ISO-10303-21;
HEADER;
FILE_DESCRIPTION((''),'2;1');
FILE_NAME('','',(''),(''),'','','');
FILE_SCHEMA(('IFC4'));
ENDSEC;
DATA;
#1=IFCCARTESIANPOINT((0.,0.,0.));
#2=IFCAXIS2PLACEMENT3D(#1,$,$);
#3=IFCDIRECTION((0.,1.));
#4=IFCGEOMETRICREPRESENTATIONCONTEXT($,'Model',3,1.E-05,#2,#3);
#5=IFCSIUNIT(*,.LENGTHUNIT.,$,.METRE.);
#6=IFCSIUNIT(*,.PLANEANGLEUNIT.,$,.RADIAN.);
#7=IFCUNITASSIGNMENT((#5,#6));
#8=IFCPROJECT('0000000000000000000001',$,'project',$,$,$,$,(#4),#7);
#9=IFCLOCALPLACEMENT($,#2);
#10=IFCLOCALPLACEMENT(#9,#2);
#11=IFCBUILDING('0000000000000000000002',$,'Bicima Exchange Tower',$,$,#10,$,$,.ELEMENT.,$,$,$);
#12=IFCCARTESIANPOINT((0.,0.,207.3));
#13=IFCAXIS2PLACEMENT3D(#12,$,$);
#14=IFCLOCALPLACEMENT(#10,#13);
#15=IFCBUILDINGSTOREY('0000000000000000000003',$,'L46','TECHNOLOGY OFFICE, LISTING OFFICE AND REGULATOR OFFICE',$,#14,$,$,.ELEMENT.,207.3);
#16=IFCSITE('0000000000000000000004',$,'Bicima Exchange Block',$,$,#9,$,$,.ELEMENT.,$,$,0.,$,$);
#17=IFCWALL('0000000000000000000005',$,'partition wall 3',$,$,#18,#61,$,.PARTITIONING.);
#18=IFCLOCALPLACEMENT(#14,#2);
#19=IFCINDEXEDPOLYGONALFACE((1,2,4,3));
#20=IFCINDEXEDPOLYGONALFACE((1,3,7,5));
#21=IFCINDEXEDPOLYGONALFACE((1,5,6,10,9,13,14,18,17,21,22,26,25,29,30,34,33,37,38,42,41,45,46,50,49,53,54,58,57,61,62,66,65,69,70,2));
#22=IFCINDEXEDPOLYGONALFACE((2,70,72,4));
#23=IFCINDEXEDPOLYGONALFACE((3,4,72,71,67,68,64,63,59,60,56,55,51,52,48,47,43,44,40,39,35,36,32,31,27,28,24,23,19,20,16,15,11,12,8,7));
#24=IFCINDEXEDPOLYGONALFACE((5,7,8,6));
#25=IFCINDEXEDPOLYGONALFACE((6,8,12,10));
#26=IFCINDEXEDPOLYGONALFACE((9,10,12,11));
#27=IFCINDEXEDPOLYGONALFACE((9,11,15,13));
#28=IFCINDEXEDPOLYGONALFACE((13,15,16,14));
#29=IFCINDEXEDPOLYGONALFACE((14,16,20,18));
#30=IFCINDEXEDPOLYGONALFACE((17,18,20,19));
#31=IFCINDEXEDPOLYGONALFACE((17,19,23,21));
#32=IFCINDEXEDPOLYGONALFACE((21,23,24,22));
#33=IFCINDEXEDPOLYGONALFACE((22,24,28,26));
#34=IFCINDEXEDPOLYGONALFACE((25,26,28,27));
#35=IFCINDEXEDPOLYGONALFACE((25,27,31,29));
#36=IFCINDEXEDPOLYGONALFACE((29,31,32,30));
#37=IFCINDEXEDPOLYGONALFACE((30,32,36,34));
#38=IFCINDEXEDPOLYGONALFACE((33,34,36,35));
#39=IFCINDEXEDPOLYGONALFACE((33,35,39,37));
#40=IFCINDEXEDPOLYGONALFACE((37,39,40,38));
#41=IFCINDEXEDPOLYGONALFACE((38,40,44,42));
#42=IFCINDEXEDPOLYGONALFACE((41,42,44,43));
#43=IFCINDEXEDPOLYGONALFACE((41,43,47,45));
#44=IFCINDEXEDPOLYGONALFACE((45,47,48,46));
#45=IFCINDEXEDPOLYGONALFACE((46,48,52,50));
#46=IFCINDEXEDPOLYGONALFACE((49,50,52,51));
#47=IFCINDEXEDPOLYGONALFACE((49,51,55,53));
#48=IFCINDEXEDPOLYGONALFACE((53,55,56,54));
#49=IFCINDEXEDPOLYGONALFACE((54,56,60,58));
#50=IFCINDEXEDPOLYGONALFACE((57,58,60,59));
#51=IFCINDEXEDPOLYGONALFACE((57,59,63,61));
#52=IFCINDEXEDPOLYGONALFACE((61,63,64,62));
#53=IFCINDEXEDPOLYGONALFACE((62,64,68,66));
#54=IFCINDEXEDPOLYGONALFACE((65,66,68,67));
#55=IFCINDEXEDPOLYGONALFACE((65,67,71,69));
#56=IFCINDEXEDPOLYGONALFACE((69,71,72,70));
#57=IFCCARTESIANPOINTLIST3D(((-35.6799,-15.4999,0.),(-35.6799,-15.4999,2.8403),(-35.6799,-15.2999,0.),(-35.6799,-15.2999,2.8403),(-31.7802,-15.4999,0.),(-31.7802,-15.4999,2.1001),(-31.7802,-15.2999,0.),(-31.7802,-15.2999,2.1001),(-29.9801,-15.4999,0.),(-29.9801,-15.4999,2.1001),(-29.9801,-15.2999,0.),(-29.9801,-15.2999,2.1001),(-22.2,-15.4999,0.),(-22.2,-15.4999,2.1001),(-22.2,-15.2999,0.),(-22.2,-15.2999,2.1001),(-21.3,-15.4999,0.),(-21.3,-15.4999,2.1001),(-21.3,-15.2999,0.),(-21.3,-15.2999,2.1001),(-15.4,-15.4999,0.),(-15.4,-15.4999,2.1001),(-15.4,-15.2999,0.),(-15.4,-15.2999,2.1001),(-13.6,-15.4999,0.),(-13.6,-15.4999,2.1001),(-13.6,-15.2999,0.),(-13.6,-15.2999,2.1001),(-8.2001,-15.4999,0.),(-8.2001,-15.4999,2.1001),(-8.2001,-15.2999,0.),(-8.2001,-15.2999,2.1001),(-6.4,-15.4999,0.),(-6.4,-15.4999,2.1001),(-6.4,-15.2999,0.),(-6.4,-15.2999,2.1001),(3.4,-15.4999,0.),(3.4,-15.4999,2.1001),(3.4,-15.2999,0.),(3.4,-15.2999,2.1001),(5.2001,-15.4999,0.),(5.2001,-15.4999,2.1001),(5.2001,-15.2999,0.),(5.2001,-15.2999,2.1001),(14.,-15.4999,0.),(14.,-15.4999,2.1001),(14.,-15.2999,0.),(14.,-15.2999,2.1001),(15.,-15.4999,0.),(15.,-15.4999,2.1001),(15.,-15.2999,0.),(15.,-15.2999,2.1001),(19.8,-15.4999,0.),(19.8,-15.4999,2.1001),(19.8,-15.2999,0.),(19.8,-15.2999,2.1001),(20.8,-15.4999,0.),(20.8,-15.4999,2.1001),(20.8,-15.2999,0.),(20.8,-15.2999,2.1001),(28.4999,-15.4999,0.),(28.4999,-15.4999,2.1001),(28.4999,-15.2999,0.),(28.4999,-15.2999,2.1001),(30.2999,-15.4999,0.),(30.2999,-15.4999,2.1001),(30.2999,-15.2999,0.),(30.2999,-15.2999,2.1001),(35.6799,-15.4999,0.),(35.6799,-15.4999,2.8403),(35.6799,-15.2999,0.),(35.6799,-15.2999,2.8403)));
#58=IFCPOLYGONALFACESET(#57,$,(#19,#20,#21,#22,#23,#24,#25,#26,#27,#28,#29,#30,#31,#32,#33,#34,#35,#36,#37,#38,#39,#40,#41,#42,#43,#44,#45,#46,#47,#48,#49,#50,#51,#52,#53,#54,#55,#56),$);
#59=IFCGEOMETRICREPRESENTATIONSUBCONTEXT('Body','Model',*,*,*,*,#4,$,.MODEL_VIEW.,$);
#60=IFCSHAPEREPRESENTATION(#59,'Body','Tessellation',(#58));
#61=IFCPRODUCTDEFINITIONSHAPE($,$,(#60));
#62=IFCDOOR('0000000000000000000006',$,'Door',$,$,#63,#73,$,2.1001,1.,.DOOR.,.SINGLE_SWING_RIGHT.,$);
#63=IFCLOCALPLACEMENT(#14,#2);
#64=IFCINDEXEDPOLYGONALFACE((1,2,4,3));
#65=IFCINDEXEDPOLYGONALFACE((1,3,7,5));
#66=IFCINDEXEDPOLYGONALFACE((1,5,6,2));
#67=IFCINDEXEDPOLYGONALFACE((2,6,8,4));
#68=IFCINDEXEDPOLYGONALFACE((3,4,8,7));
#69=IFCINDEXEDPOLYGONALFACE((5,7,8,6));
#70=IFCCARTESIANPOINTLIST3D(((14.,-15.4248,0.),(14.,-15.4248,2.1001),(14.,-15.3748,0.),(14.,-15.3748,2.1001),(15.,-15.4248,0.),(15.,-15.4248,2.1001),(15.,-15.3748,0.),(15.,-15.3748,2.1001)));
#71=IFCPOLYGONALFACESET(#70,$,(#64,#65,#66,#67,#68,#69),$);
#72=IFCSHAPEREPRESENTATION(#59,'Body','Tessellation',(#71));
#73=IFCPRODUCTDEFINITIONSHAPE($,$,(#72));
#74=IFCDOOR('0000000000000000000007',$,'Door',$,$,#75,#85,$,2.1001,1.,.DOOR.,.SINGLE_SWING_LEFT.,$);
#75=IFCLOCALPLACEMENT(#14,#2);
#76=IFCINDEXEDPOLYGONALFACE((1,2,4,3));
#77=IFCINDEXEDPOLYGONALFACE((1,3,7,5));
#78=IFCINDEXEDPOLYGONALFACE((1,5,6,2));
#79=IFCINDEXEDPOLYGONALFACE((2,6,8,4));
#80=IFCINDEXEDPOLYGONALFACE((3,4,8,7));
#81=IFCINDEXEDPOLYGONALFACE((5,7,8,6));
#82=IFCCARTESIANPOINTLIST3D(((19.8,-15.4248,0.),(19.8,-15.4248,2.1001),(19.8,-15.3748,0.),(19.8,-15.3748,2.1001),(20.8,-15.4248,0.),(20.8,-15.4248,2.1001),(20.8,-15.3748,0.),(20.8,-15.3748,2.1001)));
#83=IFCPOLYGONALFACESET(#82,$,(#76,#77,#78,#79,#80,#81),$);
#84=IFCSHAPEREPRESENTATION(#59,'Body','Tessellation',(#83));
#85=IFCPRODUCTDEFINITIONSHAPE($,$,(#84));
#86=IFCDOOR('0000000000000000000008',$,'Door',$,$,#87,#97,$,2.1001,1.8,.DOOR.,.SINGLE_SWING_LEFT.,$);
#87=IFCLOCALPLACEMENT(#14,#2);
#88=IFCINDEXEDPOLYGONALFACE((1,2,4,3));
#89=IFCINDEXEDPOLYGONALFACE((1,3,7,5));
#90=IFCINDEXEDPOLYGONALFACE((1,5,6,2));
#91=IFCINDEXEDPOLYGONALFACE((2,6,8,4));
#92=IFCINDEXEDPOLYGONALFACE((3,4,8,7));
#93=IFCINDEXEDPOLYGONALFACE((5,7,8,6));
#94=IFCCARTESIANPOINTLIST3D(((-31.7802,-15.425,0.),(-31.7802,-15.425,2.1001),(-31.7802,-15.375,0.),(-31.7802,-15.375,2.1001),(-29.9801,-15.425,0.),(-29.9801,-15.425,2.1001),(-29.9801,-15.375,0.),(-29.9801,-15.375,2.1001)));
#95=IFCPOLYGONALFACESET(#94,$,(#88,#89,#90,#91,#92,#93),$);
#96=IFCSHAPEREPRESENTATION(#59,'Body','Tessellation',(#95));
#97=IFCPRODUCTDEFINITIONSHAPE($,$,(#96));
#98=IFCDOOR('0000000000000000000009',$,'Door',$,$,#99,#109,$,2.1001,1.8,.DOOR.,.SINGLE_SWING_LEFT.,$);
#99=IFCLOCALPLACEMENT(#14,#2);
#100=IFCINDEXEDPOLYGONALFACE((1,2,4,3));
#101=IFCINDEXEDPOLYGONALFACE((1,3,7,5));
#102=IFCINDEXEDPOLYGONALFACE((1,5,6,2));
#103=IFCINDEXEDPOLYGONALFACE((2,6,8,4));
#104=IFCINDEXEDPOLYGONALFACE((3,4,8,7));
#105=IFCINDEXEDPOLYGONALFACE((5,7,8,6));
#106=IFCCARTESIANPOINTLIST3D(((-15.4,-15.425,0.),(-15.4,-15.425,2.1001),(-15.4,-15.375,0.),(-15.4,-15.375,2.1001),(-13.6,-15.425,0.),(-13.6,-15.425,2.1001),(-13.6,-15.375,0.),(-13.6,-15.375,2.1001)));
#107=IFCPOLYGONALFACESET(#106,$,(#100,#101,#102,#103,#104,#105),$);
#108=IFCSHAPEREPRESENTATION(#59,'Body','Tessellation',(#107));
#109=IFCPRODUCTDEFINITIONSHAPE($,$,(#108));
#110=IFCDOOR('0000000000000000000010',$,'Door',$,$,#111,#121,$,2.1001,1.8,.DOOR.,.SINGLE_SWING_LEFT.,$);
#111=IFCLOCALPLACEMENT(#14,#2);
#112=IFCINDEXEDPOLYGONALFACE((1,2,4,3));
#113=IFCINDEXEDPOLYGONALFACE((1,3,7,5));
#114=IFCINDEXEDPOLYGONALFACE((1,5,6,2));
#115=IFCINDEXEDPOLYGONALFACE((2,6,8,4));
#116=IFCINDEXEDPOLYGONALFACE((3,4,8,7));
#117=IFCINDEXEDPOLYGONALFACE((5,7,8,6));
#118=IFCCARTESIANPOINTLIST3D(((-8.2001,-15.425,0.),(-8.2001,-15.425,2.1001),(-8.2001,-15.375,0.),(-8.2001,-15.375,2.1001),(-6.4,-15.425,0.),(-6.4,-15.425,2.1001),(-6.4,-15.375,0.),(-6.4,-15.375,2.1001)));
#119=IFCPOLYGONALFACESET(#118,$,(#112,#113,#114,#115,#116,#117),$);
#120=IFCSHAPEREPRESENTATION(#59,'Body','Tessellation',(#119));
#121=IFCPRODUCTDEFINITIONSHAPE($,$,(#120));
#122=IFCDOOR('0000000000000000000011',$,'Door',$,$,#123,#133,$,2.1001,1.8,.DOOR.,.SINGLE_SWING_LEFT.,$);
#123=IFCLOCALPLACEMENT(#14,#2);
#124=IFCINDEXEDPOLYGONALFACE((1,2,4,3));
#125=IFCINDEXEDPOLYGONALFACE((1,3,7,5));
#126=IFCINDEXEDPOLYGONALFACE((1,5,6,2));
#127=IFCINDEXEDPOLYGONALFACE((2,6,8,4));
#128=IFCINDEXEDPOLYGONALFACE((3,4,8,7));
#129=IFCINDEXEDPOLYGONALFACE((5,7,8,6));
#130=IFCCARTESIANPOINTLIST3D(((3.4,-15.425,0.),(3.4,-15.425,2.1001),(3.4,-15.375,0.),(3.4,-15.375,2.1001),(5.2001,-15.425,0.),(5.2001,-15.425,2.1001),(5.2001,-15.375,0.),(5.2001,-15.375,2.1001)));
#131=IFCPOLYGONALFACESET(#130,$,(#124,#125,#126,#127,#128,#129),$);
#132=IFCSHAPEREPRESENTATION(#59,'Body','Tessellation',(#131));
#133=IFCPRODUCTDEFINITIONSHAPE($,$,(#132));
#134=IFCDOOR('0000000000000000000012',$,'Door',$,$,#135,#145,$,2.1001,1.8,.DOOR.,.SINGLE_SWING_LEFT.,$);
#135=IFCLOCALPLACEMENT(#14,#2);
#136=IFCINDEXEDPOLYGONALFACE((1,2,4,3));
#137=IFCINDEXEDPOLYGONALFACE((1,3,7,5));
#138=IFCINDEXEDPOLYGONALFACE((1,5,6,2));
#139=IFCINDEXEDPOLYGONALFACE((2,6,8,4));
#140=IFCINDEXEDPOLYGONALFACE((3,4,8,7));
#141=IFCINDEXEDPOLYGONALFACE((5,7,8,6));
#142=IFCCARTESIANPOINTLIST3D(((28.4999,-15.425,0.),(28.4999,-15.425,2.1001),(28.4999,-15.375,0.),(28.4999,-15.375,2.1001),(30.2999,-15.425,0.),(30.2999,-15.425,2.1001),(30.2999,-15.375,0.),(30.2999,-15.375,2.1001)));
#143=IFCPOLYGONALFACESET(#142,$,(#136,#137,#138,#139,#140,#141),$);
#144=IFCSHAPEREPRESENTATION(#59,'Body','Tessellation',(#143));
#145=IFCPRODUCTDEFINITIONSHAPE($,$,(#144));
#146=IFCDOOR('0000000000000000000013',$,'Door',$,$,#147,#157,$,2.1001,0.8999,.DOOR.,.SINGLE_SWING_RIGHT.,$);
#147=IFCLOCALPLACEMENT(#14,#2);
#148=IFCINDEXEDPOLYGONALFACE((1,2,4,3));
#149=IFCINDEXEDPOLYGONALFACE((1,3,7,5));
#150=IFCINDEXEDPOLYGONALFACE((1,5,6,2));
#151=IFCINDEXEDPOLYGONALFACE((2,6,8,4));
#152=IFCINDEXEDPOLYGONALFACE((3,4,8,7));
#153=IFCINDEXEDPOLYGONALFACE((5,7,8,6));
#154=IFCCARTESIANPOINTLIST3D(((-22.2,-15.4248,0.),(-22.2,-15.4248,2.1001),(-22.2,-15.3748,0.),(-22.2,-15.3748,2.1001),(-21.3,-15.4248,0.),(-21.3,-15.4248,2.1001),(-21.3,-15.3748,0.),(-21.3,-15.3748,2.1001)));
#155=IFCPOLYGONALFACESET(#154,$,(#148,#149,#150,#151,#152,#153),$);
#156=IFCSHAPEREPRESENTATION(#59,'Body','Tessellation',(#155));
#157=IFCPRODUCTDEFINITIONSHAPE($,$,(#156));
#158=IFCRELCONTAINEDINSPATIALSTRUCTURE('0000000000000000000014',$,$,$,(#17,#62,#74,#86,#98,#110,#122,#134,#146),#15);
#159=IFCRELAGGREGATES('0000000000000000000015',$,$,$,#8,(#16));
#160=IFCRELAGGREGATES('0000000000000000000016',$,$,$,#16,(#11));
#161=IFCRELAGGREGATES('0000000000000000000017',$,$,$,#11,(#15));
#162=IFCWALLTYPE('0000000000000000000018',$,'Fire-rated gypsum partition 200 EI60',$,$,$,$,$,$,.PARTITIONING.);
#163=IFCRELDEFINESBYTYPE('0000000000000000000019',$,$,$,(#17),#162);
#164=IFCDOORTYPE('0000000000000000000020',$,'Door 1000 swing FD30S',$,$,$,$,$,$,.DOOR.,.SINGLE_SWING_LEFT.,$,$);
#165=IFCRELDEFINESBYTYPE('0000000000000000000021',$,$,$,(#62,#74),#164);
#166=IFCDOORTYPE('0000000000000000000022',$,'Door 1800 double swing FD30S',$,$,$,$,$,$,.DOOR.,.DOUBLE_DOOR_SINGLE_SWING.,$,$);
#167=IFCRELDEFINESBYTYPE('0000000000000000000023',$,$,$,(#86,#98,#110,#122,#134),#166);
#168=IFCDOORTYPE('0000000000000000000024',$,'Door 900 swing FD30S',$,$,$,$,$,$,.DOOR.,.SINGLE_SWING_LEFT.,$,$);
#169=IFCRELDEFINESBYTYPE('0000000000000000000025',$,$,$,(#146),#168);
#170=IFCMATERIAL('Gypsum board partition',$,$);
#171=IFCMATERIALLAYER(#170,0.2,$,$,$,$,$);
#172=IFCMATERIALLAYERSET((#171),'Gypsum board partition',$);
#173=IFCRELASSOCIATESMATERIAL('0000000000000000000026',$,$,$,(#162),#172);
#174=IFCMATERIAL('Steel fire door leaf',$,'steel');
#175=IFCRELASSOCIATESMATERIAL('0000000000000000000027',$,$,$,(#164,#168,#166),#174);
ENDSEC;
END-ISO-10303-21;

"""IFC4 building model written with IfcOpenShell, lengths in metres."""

from ifc_helpers import new_model, si_unit, direction, frame, frame_2d, origin, place, context, subcontext, project, spatial, rectangle, extrude, material, layer, layer_set, type_object, element, fill, save


model = new_model("IFC4")

# Units and contexts
model_context = context("Model", 3, precision=1e-05, world=origin(), true_north=direction((0.0, 1.0)))
body_context = subcontext(model_context, "Body", "Model", "MODEL_VIEW")
ifc_project = project(units=[si_unit("LENGTHUNIT", "METRE"), si_unit("PLANEANGLEUNIT", "RADIAN")], contexts=[model_context])

# Site, building, storey
site_placement = place(None, origin())
site = spatial("IfcSite", under=ifc_project, at=site_placement, Name="Bicima Exchange Block", CompositionType="ELEMENT", RefElevation=0.0)
building_placement = place(site_placement, origin())
building = spatial("IfcBuilding", under=site, at=building_placement, Name="Bicima Exchange Tower", CompositionType="ELEMENT")
storey_placement = place(building_placement, frame((0.0, 0.0, 207.3)))
storey = spatial("IfcBuildingStorey", under=building, at=storey_placement, Name="L46", Description="TECHNOLOGY OFFICE, LISTING OFFICE AND REGULATOR OFFICE", CompositionType="ELEMENT", Elevation=207.3)

# Wall, openings, doors
ifc_material_1 = material(Name="Gypsum board partition")
ifc_layer_1 = layer(ifc_material_1, 0.2)
ifc_layer_set_1 = layer_set([ifc_layer_1], Name="Gypsum board partition")
wall_type = type_object("IfcWallType", Name="Fire-rated gypsum partition 200 EI60", PredefinedType="PARTITIONING", material=ifc_layer_set_1)
ifc_material_2 = material(Name="Steel fire door leaf", Category="steel")
door_type_1 = type_object("IfcDoorType", Name="Door 1000 swing FD30S", OperationType="SINGLE_SWING_LEFT", PredefinedType="DOOR", material=ifc_material_2)
door_type_2 = type_object("IfcDoorType", Name="Door 900 swing FD30S", OperationType="SINGLE_SWING_LEFT", PredefinedType="DOOR", material=ifc_material_2)
wall_1_placement = place(storey_placement, frame((-35.6799, -15.3999, 0.0), z_axis=(0.0, 0.0, 1.0), x_axis=(1.0, 0.0, 0.0)))
wall_1 = element("IfcWall", 1, at=wall_1_placement, inside=storey, type_object=wall_type, Name="partition wall 3", PredefinedType="PARTITIONING", context=body_context, shape_type="SweptSolid", body=[
    extrude(rectangle(XDim=71.3599, YDim=0.2, at=frame_2d((35.6799, 0.0))), origin(), (0.0, 0.0, 1.0), 2.8403),
])
opening_1_placement = place(wall_1_placement, frame((3.8999, 0.0, 0.0)))
opening_1 = element("IfcOpeningElement", 2, at=opening_1_placement, cuts=wall_1, PredefinedType="OPENING", context=body_context, shape_type="SweptSolid", body=[
    extrude(rectangle(XDim=1.8, YDim=2.1001, at=frame_2d((0.8999, 1.05))), frame((0.0, 0.1118, 0.0), z_axis=(0.0, -1.0, 0.0), x_axis=(1.0, 0.0, 0.0)), (0.0, 0.0, 1.0), 0.2239),
])
opening_2_placement = place(wall_1_placement, frame((13.48, 0.0, 0.0)))
opening_2 = element("IfcOpeningElement", 3, at=opening_2_placement, cuts=wall_1, PredefinedType="OPENING", context=body_context, shape_type="SweptSolid", body=[
    extrude(rectangle(XDim=0.8999, YDim=2.1001, at=frame_2d((0.45, 1.05))), frame((0.0, 0.1118, 0.0), z_axis=(0.0, -1.0, 0.0), x_axis=(1.0, 0.0, 0.0)), (0.0, 0.0, 1.0), 0.2239),
])
opening_3_placement = place(wall_1_placement, frame((20.28, 0.0, 0.0)))
opening_3 = element("IfcOpeningElement", 4, at=opening_3_placement, cuts=wall_1, PredefinedType="OPENING", context=body_context, shape_type="SweptSolid", body=[
    extrude(rectangle(XDim=1.8, YDim=2.1001, at=frame_2d((0.8999, 1.05))), frame((0.0, 0.1118, 0.0), z_axis=(0.0, -1.0, 0.0), x_axis=(1.0, 0.0, 0.0)), (0.0, 0.0, 1.0), 0.2239),
])
opening_4_placement = place(wall_1_placement, frame((27.48, 0.0, 0.0)))
opening_4 = element("IfcOpeningElement", 5, at=opening_4_placement, cuts=wall_1, PredefinedType="OPENING", context=body_context, shape_type="SweptSolid", body=[
    extrude(rectangle(XDim=1.8, YDim=2.1001, at=frame_2d((0.8999, 1.05))), frame((0.0, 0.1118, 0.0), z_axis=(0.0, -1.0, 0.0), x_axis=(1.0, 0.0, 0.0)), (0.0, 0.0, 1.0), 0.2239),
])
opening_5_placement = place(wall_1_placement, frame((39.0801, 0.0, 0.0)))
opening_5 = element("IfcOpeningElement", 6, at=opening_5_placement, cuts=wall_1, PredefinedType="OPENING", context=body_context, shape_type="SweptSolid", body=[
    extrude(rectangle(XDim=1.8, YDim=2.1001, at=frame_2d((0.8999, 1.05))), frame((0.0, 0.1118, 0.0), z_axis=(0.0, -1.0, 0.0), x_axis=(1.0, 0.0, 0.0)), (0.0, 0.0, 1.0), 0.2239),
])
opening_6_placement = place(wall_1_placement, frame((49.6799, 0.0, 0.0)))
opening_6 = element("IfcOpeningElement", 7, at=opening_6_placement, cuts=wall_1, PredefinedType="OPENING", context=body_context, shape_type="SweptSolid", body=[
    extrude(rectangle(XDim=1.0, YDim=2.1001, at=frame_2d((0.5, 1.05))), frame((0.0, 0.1118, 0.0), z_axis=(0.0, -1.0, 0.0), x_axis=(1.0, 0.0, 0.0)), (0.0, 0.0, 1.0), 0.2239),
])
opening_7_placement = place(wall_1_placement, frame((55.48, 0.0, 0.0)))
opening_7 = element("IfcOpeningElement", 8, at=opening_7_placement, cuts=wall_1, PredefinedType="OPENING", context=body_context, shape_type="SweptSolid", body=[
    extrude(rectangle(XDim=1.0, YDim=2.1001, at=frame_2d((0.5, 1.05))), frame((0.0, 0.1118, 0.0), z_axis=(0.0, -1.0, 0.0), x_axis=(1.0, 0.0, 0.0)), (0.0, 0.0, 1.0), 0.2239),
])
opening_8_placement = place(wall_1_placement, frame((64.1799, 0.0, 0.0)))
opening_8 = element("IfcOpeningElement", 9, at=opening_8_placement, cuts=wall_1, PredefinedType="OPENING", context=body_context, shape_type="SweptSolid", body=[
    extrude(rectangle(XDim=1.8, YDim=2.1001, at=frame_2d((0.8999, 1.05))), frame((0.0, 0.1118, 0.0), z_axis=(0.0, -1.0, 0.0), x_axis=(1.0, 0.0, 0.0)), (0.0, 0.0, 1.0), 0.2239),
])
door_1_placement = place(opening_6_placement, frame((1.0, 0.0, 0.0), z_axis=(0.0, 0.0, 1.0), x_axis=(-1.0, 0.0, 0.0)))
door_1 = element("IfcDoor", 10, at=door_1_placement, inside=storey, type_object=door_type_1, Name="Door", OperationType="SINGLE_SWING_RIGHT", OverallHeight=2.1001, OverallWidth=1.0, PredefinedType="DOOR", context=body_context, shape_type="SweptSolid", body=[
    extrude(rectangle(XDim=1.0, YDim=2.1001, at=frame_2d((0.5, 1.05))), frame((0.0, 0.0249, 0.0), z_axis=(0.0, -1.0, 0.0), x_axis=(1.0, 0.0, 0.0)), (0.0, 0.0, 1.0), 0.05),
])
fill(opening_6, door_1)
door_2_placement = place(opening_7_placement, frame((1.0, 0.0, 0.0), z_axis=(0.0, 0.0, 1.0), x_axis=(-1.0, 0.0, 0.0)))
door_2 = element("IfcDoor", 11, at=door_2_placement, inside=storey, type_object=door_type_1, Name="Door", OperationType="SINGLE_SWING_LEFT", OverallHeight=2.1001, OverallWidth=1.0, PredefinedType="DOOR", context=body_context, shape_type="SweptSolid", body=[
    extrude(rectangle(XDim=1.0, YDim=2.1001, at=frame_2d((0.5, 1.05))), frame((0.0, 0.0249, 0.0), z_axis=(0.0, -1.0, 0.0), x_axis=(1.0, 0.0, 0.0)), (0.0, 0.0, 1.0), 0.05),
])
fill(opening_7, door_2)
door_type_3 = type_object("IfcDoorType", Name="Door 1800 double swing FD30S", OperationType="DOUBLE_DOOR_SINGLE_SWING", PredefinedType="DOOR", material=ifc_material_2)
door_3_placement = place(opening_1_placement, origin())
door_3 = element("IfcDoor", 12, at=door_3_placement, inside=storey, type_object=door_type_3, Name="Door", OperationType="SINGLE_SWING_LEFT", OverallHeight=2.1001, OverallWidth=1.8, PredefinedType="DOOR", context=body_context, shape_type="SweptSolid", body=[
    extrude(rectangle(XDim=1.8, YDim=2.1001, at=frame_2d((0.8999, 1.05))), frame((0.0, 0.0249, 0.0), z_axis=(0.0, -1.0, 0.0), x_axis=(1.0, 0.0, 0.0)), (0.0, 0.0, 1.0), 0.05),
])
fill(opening_1, door_3)
door_4_placement = place(opening_3_placement, origin())
door_4 = element("IfcDoor", 13, at=door_4_placement, inside=storey, type_object=door_type_3, Name="Door", OperationType="SINGLE_SWING_LEFT", OverallHeight=2.1001, OverallWidth=1.8, PredefinedType="DOOR", context=body_context, shape_type="SweptSolid", body=[
    extrude(rectangle(XDim=1.8, YDim=2.1001, at=frame_2d((0.8999, 1.05))), frame((0.0, 0.0249, 0.0), z_axis=(0.0, -1.0, 0.0), x_axis=(1.0, 0.0, 0.0)), (0.0, 0.0, 1.0), 0.05),
])
fill(opening_3, door_4)
door_5_placement = place(opening_4_placement, origin())
door_5 = element("IfcDoor", 14, at=door_5_placement, inside=storey, type_object=door_type_3, Name="Door", OperationType="SINGLE_SWING_LEFT", OverallHeight=2.1001, OverallWidth=1.8, PredefinedType="DOOR", context=body_context, shape_type="SweptSolid", body=[
    extrude(rectangle(XDim=1.8, YDim=2.1001, at=frame_2d((0.8999, 1.05))), frame((0.0, 0.0249, 0.0), z_axis=(0.0, -1.0, 0.0), x_axis=(1.0, 0.0, 0.0)), (0.0, 0.0, 1.0), 0.05),
])
fill(opening_4, door_5)
door_6_placement = place(opening_5_placement, origin())
door_6 = element("IfcDoor", 15, at=door_6_placement, inside=storey, type_object=door_type_3, Name="Door", OperationType="SINGLE_SWING_LEFT", OverallHeight=2.1001, OverallWidth=1.8, PredefinedType="DOOR", context=body_context, shape_type="SweptSolid", body=[
    extrude(rectangle(XDim=1.8, YDim=2.1001, at=frame_2d((0.8999, 1.05))), frame((0.0, 0.0249, 0.0), z_axis=(0.0, -1.0, 0.0), x_axis=(1.0, 0.0, 0.0)), (0.0, 0.0, 1.0), 0.05),
])
fill(opening_5, door_6)
door_7_placement = place(opening_8_placement, origin())
door_7 = element("IfcDoor", 16, at=door_7_placement, inside=storey, type_object=door_type_3, Name="Door", OperationType="SINGLE_SWING_LEFT", OverallHeight=2.1001, OverallWidth=1.8, PredefinedType="DOOR", context=body_context, shape_type="SweptSolid", body=[
    extrude(rectangle(XDim=1.8, YDim=2.1001, at=frame_2d((0.8999, 1.05))), frame((0.0, 0.0249, 0.0), z_axis=(0.0, -1.0, 0.0), x_axis=(1.0, 0.0, 0.0)), (0.0, 0.0, 1.0), 0.05),
])
fill(opening_8, door_7)
door_8_placement = place(opening_2_placement, frame((0.8999, 0.0, 0.0), z_axis=(0.0, 0.0, 1.0), x_axis=(-1.0, 0.0, 0.0)))
door_8 = element("IfcDoor", 17, at=door_8_placement, inside=storey, type_object=door_type_2, Name="Door", OperationType="SINGLE_SWING_RIGHT", OverallHeight=2.1001, OverallWidth=0.8999, PredefinedType="DOOR", context=body_context, shape_type="SweptSolid", body=[
    extrude(rectangle(XDim=0.8999, YDim=2.1001, at=frame_2d((0.45, 1.05))), frame((0.0, 0.0249, 0.0), z_axis=(0.0, -1.0, 0.0), x_axis=(1.0, 0.0, 0.0)), (0.0, 0.0, 1.0), 0.05),
])
fill(opening_2, door_8)

save(model, "model.ifc")
